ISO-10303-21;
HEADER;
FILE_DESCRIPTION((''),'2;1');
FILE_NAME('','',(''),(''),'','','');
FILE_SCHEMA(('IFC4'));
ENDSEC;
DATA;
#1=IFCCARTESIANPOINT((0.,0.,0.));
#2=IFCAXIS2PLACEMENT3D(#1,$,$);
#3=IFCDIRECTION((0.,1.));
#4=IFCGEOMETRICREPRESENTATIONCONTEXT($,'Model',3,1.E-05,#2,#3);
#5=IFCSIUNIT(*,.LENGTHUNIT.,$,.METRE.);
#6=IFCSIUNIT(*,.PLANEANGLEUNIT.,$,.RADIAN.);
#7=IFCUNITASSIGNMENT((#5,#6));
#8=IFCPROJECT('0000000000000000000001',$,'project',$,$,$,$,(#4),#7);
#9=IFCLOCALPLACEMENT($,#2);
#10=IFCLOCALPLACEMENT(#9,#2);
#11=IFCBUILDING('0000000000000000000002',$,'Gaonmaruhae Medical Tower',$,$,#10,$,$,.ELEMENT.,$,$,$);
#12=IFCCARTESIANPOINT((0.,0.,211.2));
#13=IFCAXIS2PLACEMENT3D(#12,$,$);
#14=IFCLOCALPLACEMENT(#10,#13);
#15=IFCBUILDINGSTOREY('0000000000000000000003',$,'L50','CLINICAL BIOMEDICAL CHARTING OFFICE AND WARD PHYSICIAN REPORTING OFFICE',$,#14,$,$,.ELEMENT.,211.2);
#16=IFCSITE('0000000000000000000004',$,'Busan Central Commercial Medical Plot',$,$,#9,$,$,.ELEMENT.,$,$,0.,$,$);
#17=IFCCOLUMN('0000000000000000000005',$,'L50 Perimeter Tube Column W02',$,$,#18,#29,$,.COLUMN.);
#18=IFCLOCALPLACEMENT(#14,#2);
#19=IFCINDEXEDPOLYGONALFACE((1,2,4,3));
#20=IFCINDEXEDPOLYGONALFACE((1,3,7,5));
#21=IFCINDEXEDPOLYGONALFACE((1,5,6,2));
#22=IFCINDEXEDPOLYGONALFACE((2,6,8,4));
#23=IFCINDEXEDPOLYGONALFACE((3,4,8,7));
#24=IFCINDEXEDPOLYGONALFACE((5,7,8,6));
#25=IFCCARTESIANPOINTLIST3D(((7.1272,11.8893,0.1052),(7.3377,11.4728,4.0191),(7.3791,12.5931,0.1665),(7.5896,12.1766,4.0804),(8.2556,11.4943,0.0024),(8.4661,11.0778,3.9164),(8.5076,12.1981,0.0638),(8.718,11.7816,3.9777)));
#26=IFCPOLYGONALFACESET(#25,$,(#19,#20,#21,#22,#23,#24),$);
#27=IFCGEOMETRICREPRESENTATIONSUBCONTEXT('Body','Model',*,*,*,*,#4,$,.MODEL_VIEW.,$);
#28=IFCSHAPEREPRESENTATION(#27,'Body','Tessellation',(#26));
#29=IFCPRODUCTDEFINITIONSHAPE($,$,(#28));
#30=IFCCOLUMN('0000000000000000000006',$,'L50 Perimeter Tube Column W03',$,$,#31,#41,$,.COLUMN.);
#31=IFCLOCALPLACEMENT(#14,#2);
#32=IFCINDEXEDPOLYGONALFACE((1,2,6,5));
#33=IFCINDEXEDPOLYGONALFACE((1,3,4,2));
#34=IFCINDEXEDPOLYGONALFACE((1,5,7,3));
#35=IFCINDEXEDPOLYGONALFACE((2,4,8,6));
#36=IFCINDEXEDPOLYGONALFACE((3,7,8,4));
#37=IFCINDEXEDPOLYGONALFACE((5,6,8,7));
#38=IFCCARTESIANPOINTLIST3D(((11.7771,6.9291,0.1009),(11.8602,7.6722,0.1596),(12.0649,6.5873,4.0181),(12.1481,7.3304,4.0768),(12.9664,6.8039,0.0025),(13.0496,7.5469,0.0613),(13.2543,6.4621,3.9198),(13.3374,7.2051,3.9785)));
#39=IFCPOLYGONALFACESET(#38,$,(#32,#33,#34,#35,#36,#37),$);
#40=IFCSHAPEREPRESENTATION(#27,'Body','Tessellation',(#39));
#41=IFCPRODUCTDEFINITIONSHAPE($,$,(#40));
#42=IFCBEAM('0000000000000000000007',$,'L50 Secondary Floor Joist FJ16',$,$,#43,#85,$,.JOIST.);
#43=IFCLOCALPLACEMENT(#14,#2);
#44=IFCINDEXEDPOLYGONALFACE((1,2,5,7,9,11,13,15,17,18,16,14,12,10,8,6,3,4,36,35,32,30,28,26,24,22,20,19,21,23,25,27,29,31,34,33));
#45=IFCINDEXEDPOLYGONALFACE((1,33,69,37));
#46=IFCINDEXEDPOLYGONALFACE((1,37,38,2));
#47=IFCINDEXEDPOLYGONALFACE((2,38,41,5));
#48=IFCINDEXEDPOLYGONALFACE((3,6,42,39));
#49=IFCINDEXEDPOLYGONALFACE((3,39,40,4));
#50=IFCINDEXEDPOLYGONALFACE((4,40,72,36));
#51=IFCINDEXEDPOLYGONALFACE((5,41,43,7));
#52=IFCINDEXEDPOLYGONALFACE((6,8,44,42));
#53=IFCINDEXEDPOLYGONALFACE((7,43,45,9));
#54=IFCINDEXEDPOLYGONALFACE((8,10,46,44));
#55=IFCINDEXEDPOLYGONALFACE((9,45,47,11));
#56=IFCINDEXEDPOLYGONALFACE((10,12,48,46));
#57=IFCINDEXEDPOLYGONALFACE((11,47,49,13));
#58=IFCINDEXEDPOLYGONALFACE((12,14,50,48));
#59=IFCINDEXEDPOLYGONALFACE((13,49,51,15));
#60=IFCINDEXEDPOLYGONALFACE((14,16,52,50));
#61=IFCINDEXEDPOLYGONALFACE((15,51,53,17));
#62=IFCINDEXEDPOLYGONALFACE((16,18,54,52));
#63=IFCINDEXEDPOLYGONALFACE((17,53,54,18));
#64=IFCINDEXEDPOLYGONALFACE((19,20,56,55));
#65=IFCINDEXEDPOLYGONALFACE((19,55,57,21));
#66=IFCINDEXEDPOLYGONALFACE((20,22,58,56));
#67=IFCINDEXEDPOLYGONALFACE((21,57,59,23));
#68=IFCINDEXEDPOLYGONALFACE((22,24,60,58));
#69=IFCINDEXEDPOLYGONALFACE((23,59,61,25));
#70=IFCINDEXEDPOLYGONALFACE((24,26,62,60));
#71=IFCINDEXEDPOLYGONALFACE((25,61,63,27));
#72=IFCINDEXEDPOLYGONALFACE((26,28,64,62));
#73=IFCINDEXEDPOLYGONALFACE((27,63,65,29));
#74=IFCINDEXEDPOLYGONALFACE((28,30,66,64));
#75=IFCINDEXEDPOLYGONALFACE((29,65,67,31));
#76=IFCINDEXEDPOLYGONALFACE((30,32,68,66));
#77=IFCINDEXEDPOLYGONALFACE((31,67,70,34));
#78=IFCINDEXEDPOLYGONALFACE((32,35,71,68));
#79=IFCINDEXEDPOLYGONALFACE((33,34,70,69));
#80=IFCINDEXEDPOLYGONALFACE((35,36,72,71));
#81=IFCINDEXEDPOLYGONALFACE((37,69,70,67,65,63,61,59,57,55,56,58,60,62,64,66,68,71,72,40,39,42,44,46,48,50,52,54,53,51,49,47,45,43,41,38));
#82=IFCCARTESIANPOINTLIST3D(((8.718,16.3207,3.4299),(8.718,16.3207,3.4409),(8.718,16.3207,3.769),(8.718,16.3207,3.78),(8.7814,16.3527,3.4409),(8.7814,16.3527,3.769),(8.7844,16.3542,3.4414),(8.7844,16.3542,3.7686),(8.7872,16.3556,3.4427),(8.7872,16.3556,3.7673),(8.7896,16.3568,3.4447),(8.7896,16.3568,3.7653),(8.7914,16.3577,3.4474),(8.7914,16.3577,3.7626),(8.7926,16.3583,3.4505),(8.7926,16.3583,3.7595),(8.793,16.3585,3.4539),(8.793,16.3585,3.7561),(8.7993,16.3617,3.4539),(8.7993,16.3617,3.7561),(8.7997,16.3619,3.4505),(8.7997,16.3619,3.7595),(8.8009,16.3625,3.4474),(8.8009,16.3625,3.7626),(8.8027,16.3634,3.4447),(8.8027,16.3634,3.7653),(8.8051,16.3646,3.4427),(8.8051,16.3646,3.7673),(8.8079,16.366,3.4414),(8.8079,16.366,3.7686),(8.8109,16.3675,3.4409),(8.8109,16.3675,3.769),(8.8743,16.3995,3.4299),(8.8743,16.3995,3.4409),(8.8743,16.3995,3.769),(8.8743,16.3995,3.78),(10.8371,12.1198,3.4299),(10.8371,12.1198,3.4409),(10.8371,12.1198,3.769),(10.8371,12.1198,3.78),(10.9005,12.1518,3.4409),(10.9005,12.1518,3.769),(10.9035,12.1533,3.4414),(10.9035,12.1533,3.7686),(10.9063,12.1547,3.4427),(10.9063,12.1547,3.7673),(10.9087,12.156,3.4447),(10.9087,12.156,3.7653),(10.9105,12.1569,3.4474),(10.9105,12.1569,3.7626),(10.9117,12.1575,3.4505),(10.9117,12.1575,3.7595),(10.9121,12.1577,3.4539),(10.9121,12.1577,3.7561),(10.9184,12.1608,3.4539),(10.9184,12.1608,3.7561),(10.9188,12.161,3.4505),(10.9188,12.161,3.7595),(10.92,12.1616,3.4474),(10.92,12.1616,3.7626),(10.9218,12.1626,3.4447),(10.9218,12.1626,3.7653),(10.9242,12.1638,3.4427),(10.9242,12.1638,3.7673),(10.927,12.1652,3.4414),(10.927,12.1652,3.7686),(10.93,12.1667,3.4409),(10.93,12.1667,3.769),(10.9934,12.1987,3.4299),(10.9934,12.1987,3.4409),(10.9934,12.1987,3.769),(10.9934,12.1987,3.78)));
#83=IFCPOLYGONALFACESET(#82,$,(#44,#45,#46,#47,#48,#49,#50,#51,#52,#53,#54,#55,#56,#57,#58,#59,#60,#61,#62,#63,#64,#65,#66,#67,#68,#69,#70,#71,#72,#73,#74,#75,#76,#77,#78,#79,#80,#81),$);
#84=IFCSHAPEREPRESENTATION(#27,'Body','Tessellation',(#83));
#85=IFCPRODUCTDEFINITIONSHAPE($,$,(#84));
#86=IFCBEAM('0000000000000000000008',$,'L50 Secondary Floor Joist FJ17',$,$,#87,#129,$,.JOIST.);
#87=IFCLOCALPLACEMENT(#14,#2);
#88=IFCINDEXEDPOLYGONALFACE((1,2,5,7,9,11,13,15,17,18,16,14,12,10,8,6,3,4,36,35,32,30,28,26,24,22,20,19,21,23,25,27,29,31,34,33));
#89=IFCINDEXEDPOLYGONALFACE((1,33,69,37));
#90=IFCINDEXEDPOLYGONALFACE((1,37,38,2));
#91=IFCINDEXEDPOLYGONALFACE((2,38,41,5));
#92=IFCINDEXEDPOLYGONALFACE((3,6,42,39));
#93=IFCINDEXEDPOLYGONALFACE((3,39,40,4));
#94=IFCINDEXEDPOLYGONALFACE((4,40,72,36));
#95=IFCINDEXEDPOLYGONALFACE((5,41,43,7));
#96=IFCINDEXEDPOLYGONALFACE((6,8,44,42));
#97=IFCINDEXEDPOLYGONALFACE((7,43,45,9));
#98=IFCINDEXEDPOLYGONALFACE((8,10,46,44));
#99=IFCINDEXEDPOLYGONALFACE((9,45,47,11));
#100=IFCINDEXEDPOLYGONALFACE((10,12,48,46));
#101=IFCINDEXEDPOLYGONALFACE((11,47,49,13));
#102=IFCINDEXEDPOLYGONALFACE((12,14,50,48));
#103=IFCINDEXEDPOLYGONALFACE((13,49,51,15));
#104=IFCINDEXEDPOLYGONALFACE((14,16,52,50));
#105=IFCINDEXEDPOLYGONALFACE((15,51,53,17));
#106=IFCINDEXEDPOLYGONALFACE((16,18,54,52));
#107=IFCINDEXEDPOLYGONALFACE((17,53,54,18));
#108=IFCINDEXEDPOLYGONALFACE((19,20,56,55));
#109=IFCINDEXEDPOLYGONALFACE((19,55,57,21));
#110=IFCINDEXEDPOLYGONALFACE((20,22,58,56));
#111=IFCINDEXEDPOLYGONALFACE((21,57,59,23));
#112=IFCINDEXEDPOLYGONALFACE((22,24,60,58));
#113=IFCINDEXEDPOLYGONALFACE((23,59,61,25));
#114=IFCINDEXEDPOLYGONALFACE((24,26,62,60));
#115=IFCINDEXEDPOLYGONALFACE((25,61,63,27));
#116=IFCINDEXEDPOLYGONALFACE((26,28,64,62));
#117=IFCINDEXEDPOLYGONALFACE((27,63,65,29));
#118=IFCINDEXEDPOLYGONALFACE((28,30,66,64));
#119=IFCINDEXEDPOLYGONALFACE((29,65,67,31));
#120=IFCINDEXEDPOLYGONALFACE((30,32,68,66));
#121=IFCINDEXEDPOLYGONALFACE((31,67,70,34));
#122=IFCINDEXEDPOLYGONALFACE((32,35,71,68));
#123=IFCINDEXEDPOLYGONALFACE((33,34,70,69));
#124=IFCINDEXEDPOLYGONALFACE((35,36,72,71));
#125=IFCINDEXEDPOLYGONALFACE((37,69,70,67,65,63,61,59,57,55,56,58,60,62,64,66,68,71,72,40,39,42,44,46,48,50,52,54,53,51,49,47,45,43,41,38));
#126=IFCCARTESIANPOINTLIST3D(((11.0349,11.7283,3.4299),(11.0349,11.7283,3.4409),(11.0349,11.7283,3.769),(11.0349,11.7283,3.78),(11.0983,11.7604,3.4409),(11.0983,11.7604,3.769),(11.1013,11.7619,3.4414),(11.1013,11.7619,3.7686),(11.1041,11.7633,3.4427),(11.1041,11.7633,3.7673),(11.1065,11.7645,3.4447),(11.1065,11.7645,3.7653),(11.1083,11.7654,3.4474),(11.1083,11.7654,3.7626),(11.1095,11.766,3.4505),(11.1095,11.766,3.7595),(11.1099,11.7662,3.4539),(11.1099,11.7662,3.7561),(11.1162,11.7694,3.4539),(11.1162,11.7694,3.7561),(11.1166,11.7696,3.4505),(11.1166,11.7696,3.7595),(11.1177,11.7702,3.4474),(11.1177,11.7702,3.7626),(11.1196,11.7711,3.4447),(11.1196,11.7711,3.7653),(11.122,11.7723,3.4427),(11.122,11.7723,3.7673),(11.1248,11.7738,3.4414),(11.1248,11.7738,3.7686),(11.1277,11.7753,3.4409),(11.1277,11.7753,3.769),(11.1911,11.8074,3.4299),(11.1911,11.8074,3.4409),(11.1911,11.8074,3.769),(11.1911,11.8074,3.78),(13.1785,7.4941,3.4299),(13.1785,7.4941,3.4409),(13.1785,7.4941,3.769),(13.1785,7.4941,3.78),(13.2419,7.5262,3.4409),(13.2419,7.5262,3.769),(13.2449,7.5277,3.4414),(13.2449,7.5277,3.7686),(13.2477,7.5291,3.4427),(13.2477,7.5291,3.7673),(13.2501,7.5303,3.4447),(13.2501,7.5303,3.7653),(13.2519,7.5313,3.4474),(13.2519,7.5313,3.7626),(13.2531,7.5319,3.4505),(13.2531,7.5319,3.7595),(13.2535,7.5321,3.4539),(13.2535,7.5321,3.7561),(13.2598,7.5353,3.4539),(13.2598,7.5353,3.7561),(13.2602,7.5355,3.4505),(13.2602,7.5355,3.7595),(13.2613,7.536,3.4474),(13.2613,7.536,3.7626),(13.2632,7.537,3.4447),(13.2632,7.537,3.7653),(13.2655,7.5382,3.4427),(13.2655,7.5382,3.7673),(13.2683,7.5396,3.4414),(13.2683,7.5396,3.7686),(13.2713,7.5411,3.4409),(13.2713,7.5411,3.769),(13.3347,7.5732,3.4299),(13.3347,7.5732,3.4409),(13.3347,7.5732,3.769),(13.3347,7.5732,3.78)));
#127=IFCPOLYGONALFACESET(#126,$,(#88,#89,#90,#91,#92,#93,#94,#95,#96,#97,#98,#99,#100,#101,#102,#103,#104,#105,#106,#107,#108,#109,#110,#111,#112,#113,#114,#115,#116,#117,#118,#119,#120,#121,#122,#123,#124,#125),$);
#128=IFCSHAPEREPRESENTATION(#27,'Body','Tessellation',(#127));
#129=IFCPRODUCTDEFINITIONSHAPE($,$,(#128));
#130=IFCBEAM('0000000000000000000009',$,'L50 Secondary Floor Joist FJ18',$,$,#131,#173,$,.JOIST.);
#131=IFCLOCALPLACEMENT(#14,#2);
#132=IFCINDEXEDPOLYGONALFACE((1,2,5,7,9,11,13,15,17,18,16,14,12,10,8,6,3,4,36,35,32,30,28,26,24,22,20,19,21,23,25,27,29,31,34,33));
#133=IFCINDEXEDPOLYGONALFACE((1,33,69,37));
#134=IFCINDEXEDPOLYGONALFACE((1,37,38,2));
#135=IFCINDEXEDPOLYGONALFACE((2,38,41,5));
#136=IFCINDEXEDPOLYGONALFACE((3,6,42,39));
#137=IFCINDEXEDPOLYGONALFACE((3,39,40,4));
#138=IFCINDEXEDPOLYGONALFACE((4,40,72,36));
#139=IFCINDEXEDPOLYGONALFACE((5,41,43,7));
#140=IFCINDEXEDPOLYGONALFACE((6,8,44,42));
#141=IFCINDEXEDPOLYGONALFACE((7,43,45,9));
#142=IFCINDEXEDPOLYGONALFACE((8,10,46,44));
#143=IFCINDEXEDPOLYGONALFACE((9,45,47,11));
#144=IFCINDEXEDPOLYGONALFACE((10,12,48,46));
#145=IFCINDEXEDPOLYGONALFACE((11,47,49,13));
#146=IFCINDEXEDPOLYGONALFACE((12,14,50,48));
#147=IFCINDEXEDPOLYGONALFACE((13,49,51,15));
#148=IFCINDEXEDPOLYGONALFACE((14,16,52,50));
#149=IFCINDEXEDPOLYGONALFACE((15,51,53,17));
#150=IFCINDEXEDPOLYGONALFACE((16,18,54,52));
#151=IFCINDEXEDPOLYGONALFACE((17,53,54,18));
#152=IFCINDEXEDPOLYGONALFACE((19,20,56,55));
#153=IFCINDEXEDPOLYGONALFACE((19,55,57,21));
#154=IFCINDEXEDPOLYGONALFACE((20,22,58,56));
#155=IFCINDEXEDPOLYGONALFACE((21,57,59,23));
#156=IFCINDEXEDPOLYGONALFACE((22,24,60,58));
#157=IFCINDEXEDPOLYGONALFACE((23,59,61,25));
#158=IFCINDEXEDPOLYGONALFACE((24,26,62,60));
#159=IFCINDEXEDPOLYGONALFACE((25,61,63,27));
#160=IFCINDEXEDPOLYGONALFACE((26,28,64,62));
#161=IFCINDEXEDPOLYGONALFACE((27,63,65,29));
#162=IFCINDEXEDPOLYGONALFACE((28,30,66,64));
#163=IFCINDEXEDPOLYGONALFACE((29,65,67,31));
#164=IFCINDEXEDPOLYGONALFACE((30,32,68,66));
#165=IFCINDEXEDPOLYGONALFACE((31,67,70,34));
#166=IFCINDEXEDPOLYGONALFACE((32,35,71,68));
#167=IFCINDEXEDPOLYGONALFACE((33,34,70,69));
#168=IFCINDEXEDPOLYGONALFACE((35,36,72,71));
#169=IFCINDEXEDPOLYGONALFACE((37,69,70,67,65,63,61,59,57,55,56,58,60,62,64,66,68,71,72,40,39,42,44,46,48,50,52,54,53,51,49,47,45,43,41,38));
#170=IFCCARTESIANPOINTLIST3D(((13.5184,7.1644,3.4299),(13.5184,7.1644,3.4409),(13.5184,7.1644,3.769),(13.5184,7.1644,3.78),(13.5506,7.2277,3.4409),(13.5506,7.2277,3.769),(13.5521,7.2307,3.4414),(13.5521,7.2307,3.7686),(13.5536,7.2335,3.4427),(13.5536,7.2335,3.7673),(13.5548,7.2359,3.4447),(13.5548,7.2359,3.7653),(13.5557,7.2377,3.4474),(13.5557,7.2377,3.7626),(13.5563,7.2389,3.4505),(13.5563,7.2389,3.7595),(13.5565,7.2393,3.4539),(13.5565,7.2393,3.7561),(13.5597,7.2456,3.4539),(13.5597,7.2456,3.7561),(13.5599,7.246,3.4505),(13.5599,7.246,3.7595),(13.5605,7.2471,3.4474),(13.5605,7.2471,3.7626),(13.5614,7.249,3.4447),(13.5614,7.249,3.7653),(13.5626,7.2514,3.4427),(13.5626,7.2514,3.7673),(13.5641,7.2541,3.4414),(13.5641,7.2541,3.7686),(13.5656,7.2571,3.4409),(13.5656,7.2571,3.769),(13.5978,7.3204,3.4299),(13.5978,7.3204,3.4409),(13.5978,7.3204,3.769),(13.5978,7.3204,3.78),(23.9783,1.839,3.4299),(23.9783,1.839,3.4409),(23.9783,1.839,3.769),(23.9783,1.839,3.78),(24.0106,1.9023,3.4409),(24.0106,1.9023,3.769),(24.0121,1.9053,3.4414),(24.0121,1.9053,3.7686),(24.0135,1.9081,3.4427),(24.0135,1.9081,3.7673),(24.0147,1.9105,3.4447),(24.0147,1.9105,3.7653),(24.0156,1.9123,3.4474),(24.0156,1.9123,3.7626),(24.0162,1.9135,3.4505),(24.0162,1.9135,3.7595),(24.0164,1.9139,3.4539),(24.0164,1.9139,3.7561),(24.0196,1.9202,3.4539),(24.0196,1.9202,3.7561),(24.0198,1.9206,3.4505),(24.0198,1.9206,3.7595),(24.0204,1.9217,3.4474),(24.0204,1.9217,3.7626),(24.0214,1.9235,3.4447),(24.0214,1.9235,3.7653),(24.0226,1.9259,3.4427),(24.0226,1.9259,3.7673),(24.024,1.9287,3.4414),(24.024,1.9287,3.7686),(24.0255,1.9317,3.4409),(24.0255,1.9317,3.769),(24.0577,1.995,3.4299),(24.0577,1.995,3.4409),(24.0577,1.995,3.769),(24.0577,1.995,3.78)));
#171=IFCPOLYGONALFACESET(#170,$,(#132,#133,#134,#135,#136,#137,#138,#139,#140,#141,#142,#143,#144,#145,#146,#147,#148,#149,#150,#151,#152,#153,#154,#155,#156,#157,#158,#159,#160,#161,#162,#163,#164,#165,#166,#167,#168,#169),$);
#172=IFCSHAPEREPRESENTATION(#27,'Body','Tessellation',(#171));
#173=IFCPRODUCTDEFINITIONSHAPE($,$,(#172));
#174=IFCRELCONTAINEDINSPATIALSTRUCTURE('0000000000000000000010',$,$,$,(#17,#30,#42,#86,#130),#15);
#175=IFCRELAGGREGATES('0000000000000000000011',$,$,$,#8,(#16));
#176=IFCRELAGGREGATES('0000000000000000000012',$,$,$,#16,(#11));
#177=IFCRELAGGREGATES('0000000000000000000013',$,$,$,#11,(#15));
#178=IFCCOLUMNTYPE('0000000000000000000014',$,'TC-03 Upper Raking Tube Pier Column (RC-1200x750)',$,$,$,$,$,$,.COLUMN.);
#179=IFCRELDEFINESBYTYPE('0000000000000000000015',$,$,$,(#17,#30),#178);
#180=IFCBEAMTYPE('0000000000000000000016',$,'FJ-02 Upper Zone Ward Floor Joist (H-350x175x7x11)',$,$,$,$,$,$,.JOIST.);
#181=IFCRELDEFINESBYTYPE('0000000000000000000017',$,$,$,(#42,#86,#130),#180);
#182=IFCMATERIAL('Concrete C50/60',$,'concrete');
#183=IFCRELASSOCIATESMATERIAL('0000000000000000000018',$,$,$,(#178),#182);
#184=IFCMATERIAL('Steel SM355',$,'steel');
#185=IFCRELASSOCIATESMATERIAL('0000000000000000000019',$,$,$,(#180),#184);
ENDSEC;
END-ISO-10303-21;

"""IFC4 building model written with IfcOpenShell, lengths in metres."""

from ifc_helpers import new_model, si_unit, direction, frame, origin, origin_2d, place, context, subcontext, project, spatial, rectangle, i_section, extrude, material, material_profile, profile_set, type_object, element, save


model = new_model("IFC4")

# Units and contexts
model_context = context("Model", 3, precision=1e-05, world=origin(), true_north=direction((0.0, 1.0)))
body_context = subcontext(model_context, "Body", "Model", "MODEL_VIEW")
ifc_project = project(units=[si_unit("LENGTHUNIT", "METRE"), si_unit("PLANEANGLEUNIT", "RADIAN")], contexts=[model_context])

# Site, building, storey
site_placement = place(None, origin())
site = spatial("IfcSite", under=ifc_project, at=site_placement, Name="Busan Central Commercial Medical Plot", CompositionType="ELEMENT", RefElevation=0.0)
building_placement = place(site_placement, origin())
building = spatial("IfcBuilding", under=site, at=building_placement, Name="Gaonmaruhae Medical Tower", CompositionType="ELEMENT")
storey_placement = place(building_placement, frame((0.0, 0.0, 211.2)))
storey = spatial("IfcBuildingStorey", under=building, at=storey_placement, Name="L50", Description="CLINICAL BIOMEDICAL CHARTING OFFICE AND WARD PHYSICIAN REPORTING OFFICE", CompositionType="ELEMENT", Elevation=211.2)

# Columns
ifc_material_1 = material(Name="Concrete C50/60", Category="concrete")
ifc_material_profile_1 = material_profile(ifc_material_1, rectangle(XDim=1.2, YDim=0.75, at=origin_2d()), Name="RC-1200x750")
ifc_profile_set_1 = profile_set([ifc_material_profile_1], Name="Concrete C50/60")
column_type = type_object("IfcColumnType", Name="TC-03 Upper Raking Tube Pier Column (RC-1200x750)", PredefinedType="COLUMN", material=ifc_profile_set_1)
column_1_placement = place(storey_placement, frame((7.8174, 12.0437, 0.0845), z_axis=(0.053393, -0.10567, 0.992967), x_axis=(-0.940385, 0.329164, 0.085595)))
element("IfcColumn", 1, at=column_1_placement, inside=storey, type_object=column_type, Name="L50 Perimeter Tube Column W02", PredefinedType="COLUMN", context=body_context, shape_type="SweptSolid", body=[
    extrude(rectangle(XDim=1.2, YDim=0.75, at=origin_2d()), origin(), (0.0, 0.0, 1.0), 3.9417),
])
column_2_placement = place(storey_placement, frame((12.4133, 7.238, 0.0811), z_axis=(0.073007, -0.086692, 0.993556), x_axis=(-0.991154, 0.104398, 0.08194)))
element("IfcColumn", 2, at=column_2_placement, inside=storey, type_object=column_type, Name="L50 Perimeter Tube Column W03", PredefinedType="COLUMN", context=body_context, shape_type="SweptSolid", body=[
    extrude(rectangle(XDim=1.2, YDim=0.75, at=origin_2d()), origin(), (0.0, 0.0, 1.0), 3.9426),
])

# Beams
ifc_material_2 = material(Name="Steel SM355", Category="steel")
ifc_material_profile_2 = material_profile(ifc_material_2, i_section(OverallWidth=0.175, OverallDepth=0.3501, WebThickness=0.0071, FlangeThickness=0.011, FilletRadius=0.0129, at=origin_2d()), Name="H-350x175x7x11")
ifc_profile_set_2 = profile_set([ifc_material_profile_2], Name="Steel SM355")
beam_type_1 = type_object("IfcBeamType", Name="FJ-02 Upper Zone Ward Floor Joist (H-350x175x7x11)", PredefinedType="JOIST", material=ifc_profile_set_2)
beam_1_placement = place(storey_placement, frame((8.7961, 16.3601, 3.605), z_axis=(0.450386, -0.892834, 0.0), x_axis=(0.892834, 0.450386, 0.0)))
element("IfcBeam", 3, at=beam_1_placement, inside=storey, type_object=beam_type_1, Name="L50 Secondary Floor Joist FJ16", PredefinedType="JOIST", context=body_context, shape_type="SweptSolid", body=[
    extrude(i_section(OverallWidth=0.175, OverallDepth=0.3501, WebThickness=0.0071, FlangeThickness=0.011, FilletRadius=0.0129, at=origin_2d()), origin(), (0.0, 0.0, 1.0), 4.7051),
])
beam_2_placement = place(storey_placement, frame((11.113, 11.7678, 3.605), z_axis=(0.451673, -0.892183, 0.0), x_axis=(0.892183, 0.451673, 0.0)))
element("IfcBeam", 4, at=beam_2_placement, inside=storey, type_object=beam_type_1, Name="L50 Secondary Floor Joist FJ17", PredefinedType="JOIST", context=body_context, shape_type="SweptSolid", body=[
    extrude(i_section(OverallWidth=0.175, OverallDepth=0.3501, WebThickness=0.0071, FlangeThickness=0.011, FilletRadius=0.0129, at=origin_2d()), origin(), (0.0, 0.0, 1.0), 4.7458),
])
beam_3_placement = place(storey_placement, frame((13.5581, 7.2424, 3.605), z_axis=(0.89115, -0.453708, 0.0), x_axis=(0.453708, 0.89115, 0.0)))
element("IfcBeam", 5, at=beam_3_placement, inside=storey, type_object=beam_type_1, Name="L50 Secondary Floor Joist FJ18", PredefinedType="JOIST", context=body_context, shape_type="SweptSolid", body=[
    extrude(i_section(OverallWidth=0.175, OverallDepth=0.3501, WebThickness=0.0071, FlangeThickness=0.011, FilletRadius=0.0129, at=origin_2d()), origin(), (0.0, 0.0, 1.0), 11.7375),
])

save(model, "model.ifc")
